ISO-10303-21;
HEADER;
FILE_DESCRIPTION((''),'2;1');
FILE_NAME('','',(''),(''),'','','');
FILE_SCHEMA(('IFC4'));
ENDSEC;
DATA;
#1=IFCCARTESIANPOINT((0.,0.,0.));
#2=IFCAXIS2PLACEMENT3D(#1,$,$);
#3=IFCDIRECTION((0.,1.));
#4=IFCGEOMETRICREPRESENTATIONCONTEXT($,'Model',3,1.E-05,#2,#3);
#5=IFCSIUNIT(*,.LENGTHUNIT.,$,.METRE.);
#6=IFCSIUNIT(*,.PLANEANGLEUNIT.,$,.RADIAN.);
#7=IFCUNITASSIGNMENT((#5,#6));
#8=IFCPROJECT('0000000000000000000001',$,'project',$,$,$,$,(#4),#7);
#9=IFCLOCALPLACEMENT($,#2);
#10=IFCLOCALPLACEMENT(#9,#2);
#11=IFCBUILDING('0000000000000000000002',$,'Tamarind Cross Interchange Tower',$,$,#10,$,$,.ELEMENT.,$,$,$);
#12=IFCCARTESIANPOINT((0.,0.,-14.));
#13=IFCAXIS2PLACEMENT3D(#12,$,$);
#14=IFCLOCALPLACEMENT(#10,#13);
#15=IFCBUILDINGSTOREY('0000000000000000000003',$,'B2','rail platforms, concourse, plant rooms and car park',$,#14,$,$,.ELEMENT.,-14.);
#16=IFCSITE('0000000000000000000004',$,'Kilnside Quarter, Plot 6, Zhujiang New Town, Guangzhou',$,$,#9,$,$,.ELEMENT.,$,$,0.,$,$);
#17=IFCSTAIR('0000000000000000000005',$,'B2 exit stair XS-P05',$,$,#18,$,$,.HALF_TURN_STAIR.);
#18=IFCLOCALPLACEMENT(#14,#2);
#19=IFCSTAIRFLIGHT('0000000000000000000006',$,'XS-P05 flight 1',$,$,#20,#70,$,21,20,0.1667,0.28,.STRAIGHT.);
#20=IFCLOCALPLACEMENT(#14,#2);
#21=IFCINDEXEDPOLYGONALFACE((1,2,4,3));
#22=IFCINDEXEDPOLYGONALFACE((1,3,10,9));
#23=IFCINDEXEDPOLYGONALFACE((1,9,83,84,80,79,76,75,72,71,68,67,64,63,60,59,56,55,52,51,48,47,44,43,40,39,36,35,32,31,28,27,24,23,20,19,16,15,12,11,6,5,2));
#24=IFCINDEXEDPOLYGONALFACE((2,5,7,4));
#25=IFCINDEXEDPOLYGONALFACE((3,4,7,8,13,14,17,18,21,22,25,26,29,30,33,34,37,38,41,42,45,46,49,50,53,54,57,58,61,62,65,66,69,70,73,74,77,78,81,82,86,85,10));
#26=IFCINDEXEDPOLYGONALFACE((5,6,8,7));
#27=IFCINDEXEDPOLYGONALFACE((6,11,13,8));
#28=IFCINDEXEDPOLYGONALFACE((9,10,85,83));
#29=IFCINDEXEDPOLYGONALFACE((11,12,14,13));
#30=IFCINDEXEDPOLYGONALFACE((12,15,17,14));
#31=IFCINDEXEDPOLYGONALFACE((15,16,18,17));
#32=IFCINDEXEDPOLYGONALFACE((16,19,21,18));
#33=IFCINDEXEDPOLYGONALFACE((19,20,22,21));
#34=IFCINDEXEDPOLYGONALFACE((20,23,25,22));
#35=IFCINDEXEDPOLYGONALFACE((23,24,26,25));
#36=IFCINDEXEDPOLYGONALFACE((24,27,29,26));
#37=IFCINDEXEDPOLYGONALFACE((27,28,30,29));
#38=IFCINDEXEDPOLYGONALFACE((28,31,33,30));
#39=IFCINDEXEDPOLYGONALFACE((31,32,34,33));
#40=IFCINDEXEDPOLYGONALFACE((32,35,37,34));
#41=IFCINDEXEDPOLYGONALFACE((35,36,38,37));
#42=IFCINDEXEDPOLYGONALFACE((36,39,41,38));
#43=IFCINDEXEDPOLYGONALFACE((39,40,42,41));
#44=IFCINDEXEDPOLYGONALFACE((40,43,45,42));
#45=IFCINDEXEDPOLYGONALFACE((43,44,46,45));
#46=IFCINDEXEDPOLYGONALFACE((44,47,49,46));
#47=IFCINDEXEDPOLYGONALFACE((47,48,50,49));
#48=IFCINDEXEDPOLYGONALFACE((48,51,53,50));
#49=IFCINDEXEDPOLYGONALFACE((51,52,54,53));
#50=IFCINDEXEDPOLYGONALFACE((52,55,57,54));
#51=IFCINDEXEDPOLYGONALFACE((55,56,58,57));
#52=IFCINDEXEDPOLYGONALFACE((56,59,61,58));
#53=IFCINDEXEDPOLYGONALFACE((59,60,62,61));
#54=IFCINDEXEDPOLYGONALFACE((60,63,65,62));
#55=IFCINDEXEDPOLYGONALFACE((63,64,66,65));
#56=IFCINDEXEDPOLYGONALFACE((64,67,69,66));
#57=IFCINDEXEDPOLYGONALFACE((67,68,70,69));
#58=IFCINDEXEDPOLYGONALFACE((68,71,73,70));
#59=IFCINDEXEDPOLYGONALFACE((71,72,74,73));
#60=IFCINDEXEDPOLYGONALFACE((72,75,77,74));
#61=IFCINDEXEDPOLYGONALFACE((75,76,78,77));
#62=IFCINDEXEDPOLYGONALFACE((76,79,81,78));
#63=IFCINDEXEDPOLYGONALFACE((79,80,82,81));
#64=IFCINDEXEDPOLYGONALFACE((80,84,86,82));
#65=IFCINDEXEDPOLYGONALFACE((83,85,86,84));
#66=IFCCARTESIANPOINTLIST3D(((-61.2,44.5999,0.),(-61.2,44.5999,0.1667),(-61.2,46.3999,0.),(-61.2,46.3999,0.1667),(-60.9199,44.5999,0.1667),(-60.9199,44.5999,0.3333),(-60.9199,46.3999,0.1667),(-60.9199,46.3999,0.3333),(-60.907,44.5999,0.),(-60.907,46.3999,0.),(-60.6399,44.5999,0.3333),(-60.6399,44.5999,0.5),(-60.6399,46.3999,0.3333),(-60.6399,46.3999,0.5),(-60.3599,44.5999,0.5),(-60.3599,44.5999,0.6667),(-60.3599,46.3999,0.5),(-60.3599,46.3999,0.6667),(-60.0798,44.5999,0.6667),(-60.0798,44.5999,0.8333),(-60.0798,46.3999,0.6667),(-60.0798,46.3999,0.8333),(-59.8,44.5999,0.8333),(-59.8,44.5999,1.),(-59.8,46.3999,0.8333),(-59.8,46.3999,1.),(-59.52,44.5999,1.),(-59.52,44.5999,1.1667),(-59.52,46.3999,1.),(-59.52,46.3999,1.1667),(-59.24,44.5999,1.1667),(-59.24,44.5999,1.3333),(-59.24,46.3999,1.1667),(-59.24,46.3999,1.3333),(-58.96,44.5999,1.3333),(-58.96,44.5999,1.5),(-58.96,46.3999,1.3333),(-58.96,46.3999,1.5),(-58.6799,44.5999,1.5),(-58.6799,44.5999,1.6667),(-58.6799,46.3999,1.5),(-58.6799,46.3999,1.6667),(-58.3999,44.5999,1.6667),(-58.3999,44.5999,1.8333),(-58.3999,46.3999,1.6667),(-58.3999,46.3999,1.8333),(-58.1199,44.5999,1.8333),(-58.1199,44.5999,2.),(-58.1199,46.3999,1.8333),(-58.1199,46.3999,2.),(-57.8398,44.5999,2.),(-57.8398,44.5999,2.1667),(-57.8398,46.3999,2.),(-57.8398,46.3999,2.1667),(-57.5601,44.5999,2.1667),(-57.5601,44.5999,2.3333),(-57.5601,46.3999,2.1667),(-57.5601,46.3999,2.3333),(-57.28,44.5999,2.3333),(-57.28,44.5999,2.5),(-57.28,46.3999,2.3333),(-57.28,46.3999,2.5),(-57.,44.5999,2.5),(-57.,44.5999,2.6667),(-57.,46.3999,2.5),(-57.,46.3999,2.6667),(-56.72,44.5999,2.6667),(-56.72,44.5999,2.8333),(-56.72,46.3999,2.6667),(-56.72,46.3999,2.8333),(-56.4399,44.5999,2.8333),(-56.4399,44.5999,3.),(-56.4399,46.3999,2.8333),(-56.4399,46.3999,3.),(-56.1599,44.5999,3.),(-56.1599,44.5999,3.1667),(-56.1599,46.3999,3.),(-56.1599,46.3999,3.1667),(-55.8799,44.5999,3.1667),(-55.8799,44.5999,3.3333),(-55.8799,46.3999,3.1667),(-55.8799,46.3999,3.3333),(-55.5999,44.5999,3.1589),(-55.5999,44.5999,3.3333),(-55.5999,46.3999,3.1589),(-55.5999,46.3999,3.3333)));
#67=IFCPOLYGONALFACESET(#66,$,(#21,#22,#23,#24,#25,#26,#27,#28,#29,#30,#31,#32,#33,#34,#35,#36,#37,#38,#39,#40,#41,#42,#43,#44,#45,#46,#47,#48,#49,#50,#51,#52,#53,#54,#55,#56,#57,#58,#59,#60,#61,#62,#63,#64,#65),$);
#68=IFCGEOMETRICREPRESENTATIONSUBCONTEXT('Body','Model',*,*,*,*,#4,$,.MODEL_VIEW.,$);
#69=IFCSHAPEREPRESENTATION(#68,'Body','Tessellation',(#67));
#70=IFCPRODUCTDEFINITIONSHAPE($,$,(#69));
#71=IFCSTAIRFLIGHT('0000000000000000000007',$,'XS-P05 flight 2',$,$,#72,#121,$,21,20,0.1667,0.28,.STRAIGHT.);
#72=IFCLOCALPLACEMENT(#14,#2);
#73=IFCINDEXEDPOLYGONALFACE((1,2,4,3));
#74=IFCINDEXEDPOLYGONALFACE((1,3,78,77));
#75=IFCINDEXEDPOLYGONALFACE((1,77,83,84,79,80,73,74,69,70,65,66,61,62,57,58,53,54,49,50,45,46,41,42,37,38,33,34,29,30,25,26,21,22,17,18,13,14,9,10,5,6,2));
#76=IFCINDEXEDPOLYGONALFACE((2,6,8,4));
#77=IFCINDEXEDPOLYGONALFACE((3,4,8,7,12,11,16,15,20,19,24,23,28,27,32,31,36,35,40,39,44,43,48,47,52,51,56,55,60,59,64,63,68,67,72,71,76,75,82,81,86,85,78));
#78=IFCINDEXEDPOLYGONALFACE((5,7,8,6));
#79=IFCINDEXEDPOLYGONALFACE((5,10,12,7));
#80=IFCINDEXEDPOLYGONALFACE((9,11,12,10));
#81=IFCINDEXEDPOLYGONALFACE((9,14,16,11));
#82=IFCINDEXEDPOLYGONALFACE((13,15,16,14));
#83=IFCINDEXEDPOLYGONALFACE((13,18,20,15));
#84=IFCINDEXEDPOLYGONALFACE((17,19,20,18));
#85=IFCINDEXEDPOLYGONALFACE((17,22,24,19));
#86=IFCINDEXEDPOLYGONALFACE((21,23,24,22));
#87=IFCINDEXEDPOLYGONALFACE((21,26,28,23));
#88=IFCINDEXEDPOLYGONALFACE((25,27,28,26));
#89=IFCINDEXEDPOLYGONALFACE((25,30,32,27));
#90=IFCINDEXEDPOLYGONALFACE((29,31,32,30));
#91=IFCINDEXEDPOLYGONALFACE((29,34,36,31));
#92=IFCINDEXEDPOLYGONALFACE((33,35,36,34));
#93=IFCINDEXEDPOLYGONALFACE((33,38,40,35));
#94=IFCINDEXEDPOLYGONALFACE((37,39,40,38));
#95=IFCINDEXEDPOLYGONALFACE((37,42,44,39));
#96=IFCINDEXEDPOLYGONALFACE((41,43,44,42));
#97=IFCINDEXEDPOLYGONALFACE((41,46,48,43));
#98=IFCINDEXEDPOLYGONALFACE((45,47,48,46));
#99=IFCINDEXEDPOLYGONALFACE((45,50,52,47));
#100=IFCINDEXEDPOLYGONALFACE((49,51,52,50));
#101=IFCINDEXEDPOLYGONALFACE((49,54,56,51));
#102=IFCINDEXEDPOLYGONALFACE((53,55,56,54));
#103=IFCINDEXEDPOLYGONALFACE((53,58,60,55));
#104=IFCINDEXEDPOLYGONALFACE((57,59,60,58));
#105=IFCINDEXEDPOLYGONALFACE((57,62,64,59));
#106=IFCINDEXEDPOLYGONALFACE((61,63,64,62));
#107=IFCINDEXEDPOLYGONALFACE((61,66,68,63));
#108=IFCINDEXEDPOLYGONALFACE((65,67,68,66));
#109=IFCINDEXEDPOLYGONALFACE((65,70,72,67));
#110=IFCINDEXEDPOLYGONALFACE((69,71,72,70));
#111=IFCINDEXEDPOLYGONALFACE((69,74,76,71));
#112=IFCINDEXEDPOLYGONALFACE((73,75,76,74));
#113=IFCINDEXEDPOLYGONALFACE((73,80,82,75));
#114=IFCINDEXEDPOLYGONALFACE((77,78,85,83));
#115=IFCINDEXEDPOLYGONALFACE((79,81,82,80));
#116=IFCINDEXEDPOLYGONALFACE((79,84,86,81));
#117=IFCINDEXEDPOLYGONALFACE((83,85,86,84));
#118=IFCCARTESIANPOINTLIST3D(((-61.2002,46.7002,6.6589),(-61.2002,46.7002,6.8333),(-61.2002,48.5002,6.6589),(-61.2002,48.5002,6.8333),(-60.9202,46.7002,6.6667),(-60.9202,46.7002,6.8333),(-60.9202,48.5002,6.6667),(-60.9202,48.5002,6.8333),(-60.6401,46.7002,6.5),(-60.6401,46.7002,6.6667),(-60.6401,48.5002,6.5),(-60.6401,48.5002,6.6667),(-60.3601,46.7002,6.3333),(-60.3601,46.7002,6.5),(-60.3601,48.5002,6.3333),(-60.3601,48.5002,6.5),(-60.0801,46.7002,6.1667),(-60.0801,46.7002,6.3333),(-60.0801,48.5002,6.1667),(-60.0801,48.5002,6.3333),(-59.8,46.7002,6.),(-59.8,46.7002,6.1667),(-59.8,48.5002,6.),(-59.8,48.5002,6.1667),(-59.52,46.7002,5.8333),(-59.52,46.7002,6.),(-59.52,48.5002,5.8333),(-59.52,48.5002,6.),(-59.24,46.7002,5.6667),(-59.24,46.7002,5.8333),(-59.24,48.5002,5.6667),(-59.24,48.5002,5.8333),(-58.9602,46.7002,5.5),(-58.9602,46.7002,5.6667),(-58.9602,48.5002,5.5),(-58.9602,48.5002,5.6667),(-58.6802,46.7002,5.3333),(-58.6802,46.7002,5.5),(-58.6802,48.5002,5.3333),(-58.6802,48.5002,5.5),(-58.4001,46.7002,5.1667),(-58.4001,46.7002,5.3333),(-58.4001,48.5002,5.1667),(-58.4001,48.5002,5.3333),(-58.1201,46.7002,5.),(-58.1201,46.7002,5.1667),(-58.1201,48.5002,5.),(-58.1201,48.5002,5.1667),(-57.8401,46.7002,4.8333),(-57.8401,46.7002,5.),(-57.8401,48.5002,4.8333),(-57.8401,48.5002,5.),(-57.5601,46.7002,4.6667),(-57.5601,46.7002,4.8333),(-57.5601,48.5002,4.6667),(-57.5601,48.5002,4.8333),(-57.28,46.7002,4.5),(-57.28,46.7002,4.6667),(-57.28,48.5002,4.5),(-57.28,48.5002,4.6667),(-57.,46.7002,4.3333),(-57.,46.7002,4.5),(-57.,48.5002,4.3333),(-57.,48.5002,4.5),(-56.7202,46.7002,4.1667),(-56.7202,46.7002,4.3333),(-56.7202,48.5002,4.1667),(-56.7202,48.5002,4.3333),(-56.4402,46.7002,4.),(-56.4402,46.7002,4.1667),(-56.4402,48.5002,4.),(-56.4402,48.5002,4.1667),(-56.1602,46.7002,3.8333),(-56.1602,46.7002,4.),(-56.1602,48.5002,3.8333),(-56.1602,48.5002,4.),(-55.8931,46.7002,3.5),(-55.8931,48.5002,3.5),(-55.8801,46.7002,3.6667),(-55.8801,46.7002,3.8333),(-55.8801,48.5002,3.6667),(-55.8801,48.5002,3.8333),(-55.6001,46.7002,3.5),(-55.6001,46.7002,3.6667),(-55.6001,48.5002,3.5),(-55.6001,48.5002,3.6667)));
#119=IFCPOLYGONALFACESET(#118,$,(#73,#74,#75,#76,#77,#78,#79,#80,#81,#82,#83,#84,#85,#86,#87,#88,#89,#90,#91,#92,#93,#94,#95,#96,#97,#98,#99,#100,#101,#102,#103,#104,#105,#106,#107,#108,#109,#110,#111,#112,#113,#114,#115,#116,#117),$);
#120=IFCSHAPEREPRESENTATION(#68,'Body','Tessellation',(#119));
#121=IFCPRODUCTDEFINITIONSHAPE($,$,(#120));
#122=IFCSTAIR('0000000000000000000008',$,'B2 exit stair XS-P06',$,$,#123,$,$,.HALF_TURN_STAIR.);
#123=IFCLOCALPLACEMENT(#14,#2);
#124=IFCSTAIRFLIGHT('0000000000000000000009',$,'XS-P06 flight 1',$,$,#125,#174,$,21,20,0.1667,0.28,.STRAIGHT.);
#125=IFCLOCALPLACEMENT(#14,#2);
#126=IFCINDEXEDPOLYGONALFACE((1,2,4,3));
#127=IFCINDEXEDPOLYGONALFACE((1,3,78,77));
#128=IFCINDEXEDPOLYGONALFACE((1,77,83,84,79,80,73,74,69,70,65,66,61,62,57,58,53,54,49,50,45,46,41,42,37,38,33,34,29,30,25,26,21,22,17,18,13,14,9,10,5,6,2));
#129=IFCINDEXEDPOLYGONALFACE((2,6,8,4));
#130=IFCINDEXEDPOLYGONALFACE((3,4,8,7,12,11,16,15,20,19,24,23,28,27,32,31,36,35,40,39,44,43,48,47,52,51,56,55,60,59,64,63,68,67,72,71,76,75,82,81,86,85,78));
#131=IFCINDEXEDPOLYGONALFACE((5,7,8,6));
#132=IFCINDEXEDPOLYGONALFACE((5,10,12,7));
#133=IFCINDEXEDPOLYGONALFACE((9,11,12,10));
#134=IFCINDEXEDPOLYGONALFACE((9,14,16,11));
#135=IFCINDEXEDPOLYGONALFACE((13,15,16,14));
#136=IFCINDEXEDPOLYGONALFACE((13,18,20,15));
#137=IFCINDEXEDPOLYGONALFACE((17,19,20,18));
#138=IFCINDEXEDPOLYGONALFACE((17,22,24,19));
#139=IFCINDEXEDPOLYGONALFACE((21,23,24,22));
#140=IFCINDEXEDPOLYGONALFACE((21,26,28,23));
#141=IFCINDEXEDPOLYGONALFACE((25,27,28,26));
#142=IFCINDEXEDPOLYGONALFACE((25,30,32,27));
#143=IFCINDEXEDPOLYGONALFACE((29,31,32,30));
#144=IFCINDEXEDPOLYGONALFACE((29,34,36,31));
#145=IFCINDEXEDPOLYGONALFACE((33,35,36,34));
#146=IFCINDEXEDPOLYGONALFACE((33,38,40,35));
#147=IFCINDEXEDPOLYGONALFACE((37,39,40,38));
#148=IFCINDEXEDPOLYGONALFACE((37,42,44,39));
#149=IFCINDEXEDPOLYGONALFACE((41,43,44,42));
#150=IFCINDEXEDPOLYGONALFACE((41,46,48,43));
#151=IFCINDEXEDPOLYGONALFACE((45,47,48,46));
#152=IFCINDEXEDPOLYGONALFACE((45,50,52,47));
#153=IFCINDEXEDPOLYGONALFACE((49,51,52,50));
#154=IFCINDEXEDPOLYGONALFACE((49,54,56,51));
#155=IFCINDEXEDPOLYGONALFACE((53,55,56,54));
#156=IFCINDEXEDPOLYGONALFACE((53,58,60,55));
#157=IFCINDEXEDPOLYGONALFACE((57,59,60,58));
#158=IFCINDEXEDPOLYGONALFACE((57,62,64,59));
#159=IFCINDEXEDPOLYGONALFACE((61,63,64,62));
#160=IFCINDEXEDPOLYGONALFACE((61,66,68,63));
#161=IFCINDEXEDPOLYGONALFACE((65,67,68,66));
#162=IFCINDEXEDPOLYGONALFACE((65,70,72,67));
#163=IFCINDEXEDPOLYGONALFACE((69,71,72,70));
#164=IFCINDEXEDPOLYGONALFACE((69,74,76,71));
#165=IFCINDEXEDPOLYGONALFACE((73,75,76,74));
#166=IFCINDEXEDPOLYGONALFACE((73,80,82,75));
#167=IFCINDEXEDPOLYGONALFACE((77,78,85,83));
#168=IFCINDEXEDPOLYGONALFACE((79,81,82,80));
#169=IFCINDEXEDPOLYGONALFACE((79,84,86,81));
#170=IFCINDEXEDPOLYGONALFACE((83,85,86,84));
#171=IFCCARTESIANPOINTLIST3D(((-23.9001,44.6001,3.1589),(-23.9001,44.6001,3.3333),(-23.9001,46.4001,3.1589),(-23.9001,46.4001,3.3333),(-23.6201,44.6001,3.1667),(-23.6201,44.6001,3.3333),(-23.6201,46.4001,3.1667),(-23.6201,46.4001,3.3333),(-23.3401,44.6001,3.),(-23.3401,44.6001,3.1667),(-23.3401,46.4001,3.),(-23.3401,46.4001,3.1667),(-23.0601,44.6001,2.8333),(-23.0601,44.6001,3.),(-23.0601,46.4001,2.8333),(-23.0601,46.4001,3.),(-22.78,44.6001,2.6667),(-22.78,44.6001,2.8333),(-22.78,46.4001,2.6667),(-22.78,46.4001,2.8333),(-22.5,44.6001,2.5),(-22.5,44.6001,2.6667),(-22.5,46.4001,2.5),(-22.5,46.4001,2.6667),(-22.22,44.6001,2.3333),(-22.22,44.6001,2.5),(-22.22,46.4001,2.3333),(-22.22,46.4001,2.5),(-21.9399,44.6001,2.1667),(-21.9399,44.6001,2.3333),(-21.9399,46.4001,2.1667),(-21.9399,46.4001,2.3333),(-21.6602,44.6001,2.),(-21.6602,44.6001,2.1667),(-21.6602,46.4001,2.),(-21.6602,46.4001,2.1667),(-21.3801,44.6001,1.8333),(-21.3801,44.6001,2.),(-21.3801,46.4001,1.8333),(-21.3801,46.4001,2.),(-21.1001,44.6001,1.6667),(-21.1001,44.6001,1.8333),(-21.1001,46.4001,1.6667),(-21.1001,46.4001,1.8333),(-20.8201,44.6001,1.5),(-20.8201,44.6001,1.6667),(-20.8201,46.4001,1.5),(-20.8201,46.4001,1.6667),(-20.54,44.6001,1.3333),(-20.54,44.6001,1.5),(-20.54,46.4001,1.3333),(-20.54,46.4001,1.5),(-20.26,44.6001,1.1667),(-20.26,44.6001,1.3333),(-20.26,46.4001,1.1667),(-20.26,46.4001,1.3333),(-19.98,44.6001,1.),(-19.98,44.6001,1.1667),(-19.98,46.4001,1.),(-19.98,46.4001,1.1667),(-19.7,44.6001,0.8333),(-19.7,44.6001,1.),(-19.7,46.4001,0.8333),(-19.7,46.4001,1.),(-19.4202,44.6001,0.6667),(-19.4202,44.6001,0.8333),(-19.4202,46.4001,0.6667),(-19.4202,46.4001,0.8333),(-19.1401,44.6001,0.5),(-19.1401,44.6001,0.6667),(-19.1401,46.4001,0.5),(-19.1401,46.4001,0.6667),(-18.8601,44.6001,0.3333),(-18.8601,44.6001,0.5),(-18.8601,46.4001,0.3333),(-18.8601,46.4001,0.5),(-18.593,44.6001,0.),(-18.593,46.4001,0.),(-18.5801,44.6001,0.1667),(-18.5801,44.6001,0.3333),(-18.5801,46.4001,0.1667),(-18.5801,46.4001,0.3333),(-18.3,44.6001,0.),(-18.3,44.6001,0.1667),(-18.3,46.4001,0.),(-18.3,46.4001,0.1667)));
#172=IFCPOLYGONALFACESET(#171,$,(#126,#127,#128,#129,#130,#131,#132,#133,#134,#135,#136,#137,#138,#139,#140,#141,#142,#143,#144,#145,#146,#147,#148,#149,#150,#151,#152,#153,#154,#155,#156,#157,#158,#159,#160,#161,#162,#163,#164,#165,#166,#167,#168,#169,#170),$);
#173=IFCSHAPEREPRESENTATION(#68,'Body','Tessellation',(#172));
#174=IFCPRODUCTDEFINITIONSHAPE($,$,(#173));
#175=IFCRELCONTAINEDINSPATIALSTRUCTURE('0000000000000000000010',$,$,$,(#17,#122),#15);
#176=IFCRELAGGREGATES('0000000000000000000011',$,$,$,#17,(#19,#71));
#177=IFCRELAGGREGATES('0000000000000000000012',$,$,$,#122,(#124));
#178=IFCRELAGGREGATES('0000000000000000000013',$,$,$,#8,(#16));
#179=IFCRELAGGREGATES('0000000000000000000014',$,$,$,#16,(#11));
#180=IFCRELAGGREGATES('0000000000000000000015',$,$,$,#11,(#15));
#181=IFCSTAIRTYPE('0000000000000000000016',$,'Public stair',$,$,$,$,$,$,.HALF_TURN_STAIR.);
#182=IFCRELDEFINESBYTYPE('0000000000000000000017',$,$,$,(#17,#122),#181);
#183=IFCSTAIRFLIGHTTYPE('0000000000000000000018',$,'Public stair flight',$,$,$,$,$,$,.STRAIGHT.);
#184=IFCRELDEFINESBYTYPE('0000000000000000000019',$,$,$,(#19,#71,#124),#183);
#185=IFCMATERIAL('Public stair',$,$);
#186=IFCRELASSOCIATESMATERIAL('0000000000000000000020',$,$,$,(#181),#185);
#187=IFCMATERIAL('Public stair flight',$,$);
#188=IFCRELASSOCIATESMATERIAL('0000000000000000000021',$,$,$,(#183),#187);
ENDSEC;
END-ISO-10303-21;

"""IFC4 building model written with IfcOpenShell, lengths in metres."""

from ifc_helpers import new_model, si_unit, direction, frame, origin, place, context, subcontext, project, spatial, polyline, outline, extrude, material, type_object, element, aggregate, save


model = new_model("IFC4")

# Units and contexts
model_context = context("Model", 3, precision=1e-05, world=origin(), true_north=direction((0.0, 1.0)))
body_context = subcontext(model_context, "Body", "Model", "MODEL_VIEW")
ifc_project = project(units=[si_unit("LENGTHUNIT", "METRE"), si_unit("PLANEANGLEUNIT", "RADIAN")], contexts=[model_context])

# Site, building, storey
site_placement = place(None, origin())
site = spatial("IfcSite", under=ifc_project, at=site_placement, Name="Kilnside Quarter, Plot 6, Zhujiang New Town, Guangzhou", CompositionType="ELEMENT", RefElevation=0.0)
building_placement = place(site_placement, origin())
building = spatial("IfcBuilding", under=site, at=building_placement, Name="Tamarind Cross Interchange Tower", CompositionType="ELEMENT")
storey_placement = place(building_placement, frame((0.0, 0.0, -14.0)))
storey = spatial("IfcBuildingStorey", under=building, at=storey_placement, Name="B2", Description="rail platforms, concourse, plant rooms and car park", CompositionType="ELEMENT", Elevation=-14.0)

# Stair, stair flights
ifc_material_1 = material(Name="Public stair")
stair_type = type_object("IfcStairType", Name="Public stair", PredefinedType="HALF_TURN_STAIR", material=ifc_material_1)
stair_1_placement = place(storey_placement, origin())
stair_1 = element("IfcStair", 1, at=stair_1_placement, inside=storey, type_object=stair_type, Name="B2 exit stair XS-P05", PredefinedType="HALF_TURN_STAIR")
ifc_material_2 = material(Name="Public stair flight")
stair_flight_type = type_object("IfcStairFlightType", Name="Public stair flight", PredefinedType="STRAIGHT", material=ifc_material_2)
stair_flight_1_placement = place(storey_placement, frame((-61.2, 45.5, 0.0), z_axis=(0.0, 0.0, 1.0), x_axis=(1.0, 0.0, 0.0)))
stair_flight_1 = element("IfcStairFlight", 2, at=stair_flight_1_placement, type_object=stair_flight_type, Name="XS-P05 flight 1", NumberOfRisers=21, NumberOfTreads=20, PredefinedType="STRAIGHT", RiserHeight=0.1667, TreadLength=0.28, context=body_context, shape_type="SweptSolid", body=[
    extrude(outline(polyline([(0.0, 0.0), (0.0, 0.1667), (0.28, 0.1667), (0.28, 0.3333), (0.5601, 0.3333), (0.5601, 0.5), (0.8401, 0.5), (0.8401, 0.6667), (1.1201, 0.6667), (1.1201, 0.8333), (1.3999, 0.8333), (1.3999, 1.0), (1.6799, 1.0), (1.6799, 1.1667), (1.96, 1.1667), (1.96, 1.3333), (2.24, 1.3333), (2.24, 1.5), (2.52, 1.5), (2.52, 1.6667), (2.8, 1.6667), (2.8, 1.8333), (3.0801, 1.8333), (3.0801, 2.0), (3.3601, 2.0), (3.3601, 2.1667), (3.6399, 2.1667), (3.6399, 2.3333), (3.9199, 2.3333), (3.9199, 2.5), (4.2, 2.5), (4.2, 2.6667), (4.48, 2.6667), (4.48, 2.8333), (4.76, 2.8333), (4.76, 3.0), (5.04, 3.0), (5.04, 3.1667), (5.3201, 3.1667), (5.3201, 3.3333), (5.6001, 3.3333), (5.6001, 3.5), (5.6001, 3.1589), (0.293, 0.0), (0.0, 0.0)])), frame((0.0, 0.8999, 0.0), z_axis=(0.0, -1.0, 0.0), x_axis=(1.0, 0.0, 0.0)), (0.0, 0.0, 1.0), 1.8),
])
stair_flight_2_placement = place(storey_placement, frame((-55.6001, 47.6001, 3.5), z_axis=(0.0, 0.0, 1.0), x_axis=(-1.0, 0.0, 0.0)))
stair_flight_2 = element("IfcStairFlight", 3, at=stair_flight_2_placement, type_object=stair_flight_type, Name="XS-P05 flight 2", NumberOfRisers=21, NumberOfTreads=20, PredefinedType="STRAIGHT", RiserHeight=0.1667, TreadLength=0.28, context=body_context, shape_type="SweptSolid", body=[
    extrude(outline(polyline([(0.0, 0.0), (0.0, 0.1667), (0.28, 0.1667), (0.28, 0.3333), (0.5601, 0.3333), (0.5601, 0.5), (0.8401, 0.5), (0.8401, 0.6667), (1.1201, 0.6667), (1.1201, 0.8333), (1.3999, 0.8333), (1.3999, 1.0), (1.6799, 1.0), (1.6799, 1.1667), (1.96, 1.1667), (1.96, 1.3333), (2.24, 1.3333), (2.24, 1.5), (2.52, 1.5), (2.52, 1.6667), (2.8, 1.6667), (2.8, 1.8333), (3.0801, 1.8333), (3.0801, 2.0), (3.3601, 2.0), (3.3601, 2.1667), (3.6399, 2.1667), (3.6399, 2.3333), (3.9199, 2.3333), (3.9199, 2.5), (4.2, 2.5), (4.2, 2.6667), (4.48, 2.6667), (4.48, 2.8333), (4.76, 2.8333), (4.76, 3.0), (5.04, 3.0), (5.04, 3.1667), (5.3201, 3.1667), (5.3201, 3.3333), (5.6001, 3.3333), (5.6001, 3.5), (5.6001, 3.1589), (0.293, 0.0), (0.0, 0.0)])), frame((0.0, 0.8999, 0.0), z_axis=(0.0, -1.0, 0.0), x_axis=(1.0, 0.0, 0.0)), (0.0, 0.0, 1.0), 1.8),
])
aggregate(stair_1, [stair_flight_1, stair_flight_2])

# Stair, stair flight
stair_2_placement = place(storey_placement, origin())
stair_2 = element("IfcStair", 4, at=stair_2_placement, inside=storey, type_object=stair_type, Name="B2 exit stair XS-P06", PredefinedType="HALF_TURN_STAIR")
stair_flight_3_placement = place(storey_placement, frame((-18.3, 45.5, 0.0), z_axis=(0.0, 0.0, 1.0), x_axis=(-1.0, 0.0, 0.0)))
stair_flight_3 = element("IfcStairFlight", 5, at=stair_flight_3_placement, type_object=stair_flight_type, Name="XS-P06 flight 1", NumberOfRisers=21, NumberOfTreads=20, PredefinedType="STRAIGHT", RiserHeight=0.1667, TreadLength=0.28, context=body_context, shape_type="SweptSolid", body=[
    extrude(outline(polyline([(0.0, 0.0), (0.0, 0.1667), (0.28, 0.1667), (0.28, 0.3333), (0.5601, 0.3333), (0.5601, 0.5), (0.8401, 0.5), (0.8401, 0.6667), (1.1201, 0.6667), (1.1201, 0.8333), (1.3999, 0.8333), (1.3999, 1.0), (1.6799, 1.0), (1.6799, 1.1667), (1.96, 1.1667), (1.96, 1.3333), (2.24, 1.3333), (2.24, 1.5), (2.52, 1.5), (2.52, 1.6667), (2.8, 1.6667), (2.8, 1.8333), (3.0801, 1.8333), (3.0801, 2.0), (3.3601, 2.0), (3.3601, 2.1667), (3.6399, 2.1667), (3.6399, 2.3333), (3.9199, 2.3333), (3.9199, 2.5), (4.2, 2.5), (4.2, 2.6667), (4.48, 2.6667), (4.48, 2.8333), (4.76, 2.8333), (4.76, 3.0), (5.04, 3.0), (5.04, 3.1667), (5.3201, 3.1667), (5.3201, 3.3333), (5.6001, 3.3333), (5.6001, 3.5), (5.6001, 3.1589), (0.293, 0.0), (0.0, 0.0)])), frame((0.0, 0.8999, 0.0), z_axis=(0.0, -1.0, 0.0), x_axis=(1.0, 0.0, 0.0)), (0.0, 0.0, 1.0), 1.8),
])
aggregate(stair_2, [stair_flight_3])

save(model, "model.ifc")
